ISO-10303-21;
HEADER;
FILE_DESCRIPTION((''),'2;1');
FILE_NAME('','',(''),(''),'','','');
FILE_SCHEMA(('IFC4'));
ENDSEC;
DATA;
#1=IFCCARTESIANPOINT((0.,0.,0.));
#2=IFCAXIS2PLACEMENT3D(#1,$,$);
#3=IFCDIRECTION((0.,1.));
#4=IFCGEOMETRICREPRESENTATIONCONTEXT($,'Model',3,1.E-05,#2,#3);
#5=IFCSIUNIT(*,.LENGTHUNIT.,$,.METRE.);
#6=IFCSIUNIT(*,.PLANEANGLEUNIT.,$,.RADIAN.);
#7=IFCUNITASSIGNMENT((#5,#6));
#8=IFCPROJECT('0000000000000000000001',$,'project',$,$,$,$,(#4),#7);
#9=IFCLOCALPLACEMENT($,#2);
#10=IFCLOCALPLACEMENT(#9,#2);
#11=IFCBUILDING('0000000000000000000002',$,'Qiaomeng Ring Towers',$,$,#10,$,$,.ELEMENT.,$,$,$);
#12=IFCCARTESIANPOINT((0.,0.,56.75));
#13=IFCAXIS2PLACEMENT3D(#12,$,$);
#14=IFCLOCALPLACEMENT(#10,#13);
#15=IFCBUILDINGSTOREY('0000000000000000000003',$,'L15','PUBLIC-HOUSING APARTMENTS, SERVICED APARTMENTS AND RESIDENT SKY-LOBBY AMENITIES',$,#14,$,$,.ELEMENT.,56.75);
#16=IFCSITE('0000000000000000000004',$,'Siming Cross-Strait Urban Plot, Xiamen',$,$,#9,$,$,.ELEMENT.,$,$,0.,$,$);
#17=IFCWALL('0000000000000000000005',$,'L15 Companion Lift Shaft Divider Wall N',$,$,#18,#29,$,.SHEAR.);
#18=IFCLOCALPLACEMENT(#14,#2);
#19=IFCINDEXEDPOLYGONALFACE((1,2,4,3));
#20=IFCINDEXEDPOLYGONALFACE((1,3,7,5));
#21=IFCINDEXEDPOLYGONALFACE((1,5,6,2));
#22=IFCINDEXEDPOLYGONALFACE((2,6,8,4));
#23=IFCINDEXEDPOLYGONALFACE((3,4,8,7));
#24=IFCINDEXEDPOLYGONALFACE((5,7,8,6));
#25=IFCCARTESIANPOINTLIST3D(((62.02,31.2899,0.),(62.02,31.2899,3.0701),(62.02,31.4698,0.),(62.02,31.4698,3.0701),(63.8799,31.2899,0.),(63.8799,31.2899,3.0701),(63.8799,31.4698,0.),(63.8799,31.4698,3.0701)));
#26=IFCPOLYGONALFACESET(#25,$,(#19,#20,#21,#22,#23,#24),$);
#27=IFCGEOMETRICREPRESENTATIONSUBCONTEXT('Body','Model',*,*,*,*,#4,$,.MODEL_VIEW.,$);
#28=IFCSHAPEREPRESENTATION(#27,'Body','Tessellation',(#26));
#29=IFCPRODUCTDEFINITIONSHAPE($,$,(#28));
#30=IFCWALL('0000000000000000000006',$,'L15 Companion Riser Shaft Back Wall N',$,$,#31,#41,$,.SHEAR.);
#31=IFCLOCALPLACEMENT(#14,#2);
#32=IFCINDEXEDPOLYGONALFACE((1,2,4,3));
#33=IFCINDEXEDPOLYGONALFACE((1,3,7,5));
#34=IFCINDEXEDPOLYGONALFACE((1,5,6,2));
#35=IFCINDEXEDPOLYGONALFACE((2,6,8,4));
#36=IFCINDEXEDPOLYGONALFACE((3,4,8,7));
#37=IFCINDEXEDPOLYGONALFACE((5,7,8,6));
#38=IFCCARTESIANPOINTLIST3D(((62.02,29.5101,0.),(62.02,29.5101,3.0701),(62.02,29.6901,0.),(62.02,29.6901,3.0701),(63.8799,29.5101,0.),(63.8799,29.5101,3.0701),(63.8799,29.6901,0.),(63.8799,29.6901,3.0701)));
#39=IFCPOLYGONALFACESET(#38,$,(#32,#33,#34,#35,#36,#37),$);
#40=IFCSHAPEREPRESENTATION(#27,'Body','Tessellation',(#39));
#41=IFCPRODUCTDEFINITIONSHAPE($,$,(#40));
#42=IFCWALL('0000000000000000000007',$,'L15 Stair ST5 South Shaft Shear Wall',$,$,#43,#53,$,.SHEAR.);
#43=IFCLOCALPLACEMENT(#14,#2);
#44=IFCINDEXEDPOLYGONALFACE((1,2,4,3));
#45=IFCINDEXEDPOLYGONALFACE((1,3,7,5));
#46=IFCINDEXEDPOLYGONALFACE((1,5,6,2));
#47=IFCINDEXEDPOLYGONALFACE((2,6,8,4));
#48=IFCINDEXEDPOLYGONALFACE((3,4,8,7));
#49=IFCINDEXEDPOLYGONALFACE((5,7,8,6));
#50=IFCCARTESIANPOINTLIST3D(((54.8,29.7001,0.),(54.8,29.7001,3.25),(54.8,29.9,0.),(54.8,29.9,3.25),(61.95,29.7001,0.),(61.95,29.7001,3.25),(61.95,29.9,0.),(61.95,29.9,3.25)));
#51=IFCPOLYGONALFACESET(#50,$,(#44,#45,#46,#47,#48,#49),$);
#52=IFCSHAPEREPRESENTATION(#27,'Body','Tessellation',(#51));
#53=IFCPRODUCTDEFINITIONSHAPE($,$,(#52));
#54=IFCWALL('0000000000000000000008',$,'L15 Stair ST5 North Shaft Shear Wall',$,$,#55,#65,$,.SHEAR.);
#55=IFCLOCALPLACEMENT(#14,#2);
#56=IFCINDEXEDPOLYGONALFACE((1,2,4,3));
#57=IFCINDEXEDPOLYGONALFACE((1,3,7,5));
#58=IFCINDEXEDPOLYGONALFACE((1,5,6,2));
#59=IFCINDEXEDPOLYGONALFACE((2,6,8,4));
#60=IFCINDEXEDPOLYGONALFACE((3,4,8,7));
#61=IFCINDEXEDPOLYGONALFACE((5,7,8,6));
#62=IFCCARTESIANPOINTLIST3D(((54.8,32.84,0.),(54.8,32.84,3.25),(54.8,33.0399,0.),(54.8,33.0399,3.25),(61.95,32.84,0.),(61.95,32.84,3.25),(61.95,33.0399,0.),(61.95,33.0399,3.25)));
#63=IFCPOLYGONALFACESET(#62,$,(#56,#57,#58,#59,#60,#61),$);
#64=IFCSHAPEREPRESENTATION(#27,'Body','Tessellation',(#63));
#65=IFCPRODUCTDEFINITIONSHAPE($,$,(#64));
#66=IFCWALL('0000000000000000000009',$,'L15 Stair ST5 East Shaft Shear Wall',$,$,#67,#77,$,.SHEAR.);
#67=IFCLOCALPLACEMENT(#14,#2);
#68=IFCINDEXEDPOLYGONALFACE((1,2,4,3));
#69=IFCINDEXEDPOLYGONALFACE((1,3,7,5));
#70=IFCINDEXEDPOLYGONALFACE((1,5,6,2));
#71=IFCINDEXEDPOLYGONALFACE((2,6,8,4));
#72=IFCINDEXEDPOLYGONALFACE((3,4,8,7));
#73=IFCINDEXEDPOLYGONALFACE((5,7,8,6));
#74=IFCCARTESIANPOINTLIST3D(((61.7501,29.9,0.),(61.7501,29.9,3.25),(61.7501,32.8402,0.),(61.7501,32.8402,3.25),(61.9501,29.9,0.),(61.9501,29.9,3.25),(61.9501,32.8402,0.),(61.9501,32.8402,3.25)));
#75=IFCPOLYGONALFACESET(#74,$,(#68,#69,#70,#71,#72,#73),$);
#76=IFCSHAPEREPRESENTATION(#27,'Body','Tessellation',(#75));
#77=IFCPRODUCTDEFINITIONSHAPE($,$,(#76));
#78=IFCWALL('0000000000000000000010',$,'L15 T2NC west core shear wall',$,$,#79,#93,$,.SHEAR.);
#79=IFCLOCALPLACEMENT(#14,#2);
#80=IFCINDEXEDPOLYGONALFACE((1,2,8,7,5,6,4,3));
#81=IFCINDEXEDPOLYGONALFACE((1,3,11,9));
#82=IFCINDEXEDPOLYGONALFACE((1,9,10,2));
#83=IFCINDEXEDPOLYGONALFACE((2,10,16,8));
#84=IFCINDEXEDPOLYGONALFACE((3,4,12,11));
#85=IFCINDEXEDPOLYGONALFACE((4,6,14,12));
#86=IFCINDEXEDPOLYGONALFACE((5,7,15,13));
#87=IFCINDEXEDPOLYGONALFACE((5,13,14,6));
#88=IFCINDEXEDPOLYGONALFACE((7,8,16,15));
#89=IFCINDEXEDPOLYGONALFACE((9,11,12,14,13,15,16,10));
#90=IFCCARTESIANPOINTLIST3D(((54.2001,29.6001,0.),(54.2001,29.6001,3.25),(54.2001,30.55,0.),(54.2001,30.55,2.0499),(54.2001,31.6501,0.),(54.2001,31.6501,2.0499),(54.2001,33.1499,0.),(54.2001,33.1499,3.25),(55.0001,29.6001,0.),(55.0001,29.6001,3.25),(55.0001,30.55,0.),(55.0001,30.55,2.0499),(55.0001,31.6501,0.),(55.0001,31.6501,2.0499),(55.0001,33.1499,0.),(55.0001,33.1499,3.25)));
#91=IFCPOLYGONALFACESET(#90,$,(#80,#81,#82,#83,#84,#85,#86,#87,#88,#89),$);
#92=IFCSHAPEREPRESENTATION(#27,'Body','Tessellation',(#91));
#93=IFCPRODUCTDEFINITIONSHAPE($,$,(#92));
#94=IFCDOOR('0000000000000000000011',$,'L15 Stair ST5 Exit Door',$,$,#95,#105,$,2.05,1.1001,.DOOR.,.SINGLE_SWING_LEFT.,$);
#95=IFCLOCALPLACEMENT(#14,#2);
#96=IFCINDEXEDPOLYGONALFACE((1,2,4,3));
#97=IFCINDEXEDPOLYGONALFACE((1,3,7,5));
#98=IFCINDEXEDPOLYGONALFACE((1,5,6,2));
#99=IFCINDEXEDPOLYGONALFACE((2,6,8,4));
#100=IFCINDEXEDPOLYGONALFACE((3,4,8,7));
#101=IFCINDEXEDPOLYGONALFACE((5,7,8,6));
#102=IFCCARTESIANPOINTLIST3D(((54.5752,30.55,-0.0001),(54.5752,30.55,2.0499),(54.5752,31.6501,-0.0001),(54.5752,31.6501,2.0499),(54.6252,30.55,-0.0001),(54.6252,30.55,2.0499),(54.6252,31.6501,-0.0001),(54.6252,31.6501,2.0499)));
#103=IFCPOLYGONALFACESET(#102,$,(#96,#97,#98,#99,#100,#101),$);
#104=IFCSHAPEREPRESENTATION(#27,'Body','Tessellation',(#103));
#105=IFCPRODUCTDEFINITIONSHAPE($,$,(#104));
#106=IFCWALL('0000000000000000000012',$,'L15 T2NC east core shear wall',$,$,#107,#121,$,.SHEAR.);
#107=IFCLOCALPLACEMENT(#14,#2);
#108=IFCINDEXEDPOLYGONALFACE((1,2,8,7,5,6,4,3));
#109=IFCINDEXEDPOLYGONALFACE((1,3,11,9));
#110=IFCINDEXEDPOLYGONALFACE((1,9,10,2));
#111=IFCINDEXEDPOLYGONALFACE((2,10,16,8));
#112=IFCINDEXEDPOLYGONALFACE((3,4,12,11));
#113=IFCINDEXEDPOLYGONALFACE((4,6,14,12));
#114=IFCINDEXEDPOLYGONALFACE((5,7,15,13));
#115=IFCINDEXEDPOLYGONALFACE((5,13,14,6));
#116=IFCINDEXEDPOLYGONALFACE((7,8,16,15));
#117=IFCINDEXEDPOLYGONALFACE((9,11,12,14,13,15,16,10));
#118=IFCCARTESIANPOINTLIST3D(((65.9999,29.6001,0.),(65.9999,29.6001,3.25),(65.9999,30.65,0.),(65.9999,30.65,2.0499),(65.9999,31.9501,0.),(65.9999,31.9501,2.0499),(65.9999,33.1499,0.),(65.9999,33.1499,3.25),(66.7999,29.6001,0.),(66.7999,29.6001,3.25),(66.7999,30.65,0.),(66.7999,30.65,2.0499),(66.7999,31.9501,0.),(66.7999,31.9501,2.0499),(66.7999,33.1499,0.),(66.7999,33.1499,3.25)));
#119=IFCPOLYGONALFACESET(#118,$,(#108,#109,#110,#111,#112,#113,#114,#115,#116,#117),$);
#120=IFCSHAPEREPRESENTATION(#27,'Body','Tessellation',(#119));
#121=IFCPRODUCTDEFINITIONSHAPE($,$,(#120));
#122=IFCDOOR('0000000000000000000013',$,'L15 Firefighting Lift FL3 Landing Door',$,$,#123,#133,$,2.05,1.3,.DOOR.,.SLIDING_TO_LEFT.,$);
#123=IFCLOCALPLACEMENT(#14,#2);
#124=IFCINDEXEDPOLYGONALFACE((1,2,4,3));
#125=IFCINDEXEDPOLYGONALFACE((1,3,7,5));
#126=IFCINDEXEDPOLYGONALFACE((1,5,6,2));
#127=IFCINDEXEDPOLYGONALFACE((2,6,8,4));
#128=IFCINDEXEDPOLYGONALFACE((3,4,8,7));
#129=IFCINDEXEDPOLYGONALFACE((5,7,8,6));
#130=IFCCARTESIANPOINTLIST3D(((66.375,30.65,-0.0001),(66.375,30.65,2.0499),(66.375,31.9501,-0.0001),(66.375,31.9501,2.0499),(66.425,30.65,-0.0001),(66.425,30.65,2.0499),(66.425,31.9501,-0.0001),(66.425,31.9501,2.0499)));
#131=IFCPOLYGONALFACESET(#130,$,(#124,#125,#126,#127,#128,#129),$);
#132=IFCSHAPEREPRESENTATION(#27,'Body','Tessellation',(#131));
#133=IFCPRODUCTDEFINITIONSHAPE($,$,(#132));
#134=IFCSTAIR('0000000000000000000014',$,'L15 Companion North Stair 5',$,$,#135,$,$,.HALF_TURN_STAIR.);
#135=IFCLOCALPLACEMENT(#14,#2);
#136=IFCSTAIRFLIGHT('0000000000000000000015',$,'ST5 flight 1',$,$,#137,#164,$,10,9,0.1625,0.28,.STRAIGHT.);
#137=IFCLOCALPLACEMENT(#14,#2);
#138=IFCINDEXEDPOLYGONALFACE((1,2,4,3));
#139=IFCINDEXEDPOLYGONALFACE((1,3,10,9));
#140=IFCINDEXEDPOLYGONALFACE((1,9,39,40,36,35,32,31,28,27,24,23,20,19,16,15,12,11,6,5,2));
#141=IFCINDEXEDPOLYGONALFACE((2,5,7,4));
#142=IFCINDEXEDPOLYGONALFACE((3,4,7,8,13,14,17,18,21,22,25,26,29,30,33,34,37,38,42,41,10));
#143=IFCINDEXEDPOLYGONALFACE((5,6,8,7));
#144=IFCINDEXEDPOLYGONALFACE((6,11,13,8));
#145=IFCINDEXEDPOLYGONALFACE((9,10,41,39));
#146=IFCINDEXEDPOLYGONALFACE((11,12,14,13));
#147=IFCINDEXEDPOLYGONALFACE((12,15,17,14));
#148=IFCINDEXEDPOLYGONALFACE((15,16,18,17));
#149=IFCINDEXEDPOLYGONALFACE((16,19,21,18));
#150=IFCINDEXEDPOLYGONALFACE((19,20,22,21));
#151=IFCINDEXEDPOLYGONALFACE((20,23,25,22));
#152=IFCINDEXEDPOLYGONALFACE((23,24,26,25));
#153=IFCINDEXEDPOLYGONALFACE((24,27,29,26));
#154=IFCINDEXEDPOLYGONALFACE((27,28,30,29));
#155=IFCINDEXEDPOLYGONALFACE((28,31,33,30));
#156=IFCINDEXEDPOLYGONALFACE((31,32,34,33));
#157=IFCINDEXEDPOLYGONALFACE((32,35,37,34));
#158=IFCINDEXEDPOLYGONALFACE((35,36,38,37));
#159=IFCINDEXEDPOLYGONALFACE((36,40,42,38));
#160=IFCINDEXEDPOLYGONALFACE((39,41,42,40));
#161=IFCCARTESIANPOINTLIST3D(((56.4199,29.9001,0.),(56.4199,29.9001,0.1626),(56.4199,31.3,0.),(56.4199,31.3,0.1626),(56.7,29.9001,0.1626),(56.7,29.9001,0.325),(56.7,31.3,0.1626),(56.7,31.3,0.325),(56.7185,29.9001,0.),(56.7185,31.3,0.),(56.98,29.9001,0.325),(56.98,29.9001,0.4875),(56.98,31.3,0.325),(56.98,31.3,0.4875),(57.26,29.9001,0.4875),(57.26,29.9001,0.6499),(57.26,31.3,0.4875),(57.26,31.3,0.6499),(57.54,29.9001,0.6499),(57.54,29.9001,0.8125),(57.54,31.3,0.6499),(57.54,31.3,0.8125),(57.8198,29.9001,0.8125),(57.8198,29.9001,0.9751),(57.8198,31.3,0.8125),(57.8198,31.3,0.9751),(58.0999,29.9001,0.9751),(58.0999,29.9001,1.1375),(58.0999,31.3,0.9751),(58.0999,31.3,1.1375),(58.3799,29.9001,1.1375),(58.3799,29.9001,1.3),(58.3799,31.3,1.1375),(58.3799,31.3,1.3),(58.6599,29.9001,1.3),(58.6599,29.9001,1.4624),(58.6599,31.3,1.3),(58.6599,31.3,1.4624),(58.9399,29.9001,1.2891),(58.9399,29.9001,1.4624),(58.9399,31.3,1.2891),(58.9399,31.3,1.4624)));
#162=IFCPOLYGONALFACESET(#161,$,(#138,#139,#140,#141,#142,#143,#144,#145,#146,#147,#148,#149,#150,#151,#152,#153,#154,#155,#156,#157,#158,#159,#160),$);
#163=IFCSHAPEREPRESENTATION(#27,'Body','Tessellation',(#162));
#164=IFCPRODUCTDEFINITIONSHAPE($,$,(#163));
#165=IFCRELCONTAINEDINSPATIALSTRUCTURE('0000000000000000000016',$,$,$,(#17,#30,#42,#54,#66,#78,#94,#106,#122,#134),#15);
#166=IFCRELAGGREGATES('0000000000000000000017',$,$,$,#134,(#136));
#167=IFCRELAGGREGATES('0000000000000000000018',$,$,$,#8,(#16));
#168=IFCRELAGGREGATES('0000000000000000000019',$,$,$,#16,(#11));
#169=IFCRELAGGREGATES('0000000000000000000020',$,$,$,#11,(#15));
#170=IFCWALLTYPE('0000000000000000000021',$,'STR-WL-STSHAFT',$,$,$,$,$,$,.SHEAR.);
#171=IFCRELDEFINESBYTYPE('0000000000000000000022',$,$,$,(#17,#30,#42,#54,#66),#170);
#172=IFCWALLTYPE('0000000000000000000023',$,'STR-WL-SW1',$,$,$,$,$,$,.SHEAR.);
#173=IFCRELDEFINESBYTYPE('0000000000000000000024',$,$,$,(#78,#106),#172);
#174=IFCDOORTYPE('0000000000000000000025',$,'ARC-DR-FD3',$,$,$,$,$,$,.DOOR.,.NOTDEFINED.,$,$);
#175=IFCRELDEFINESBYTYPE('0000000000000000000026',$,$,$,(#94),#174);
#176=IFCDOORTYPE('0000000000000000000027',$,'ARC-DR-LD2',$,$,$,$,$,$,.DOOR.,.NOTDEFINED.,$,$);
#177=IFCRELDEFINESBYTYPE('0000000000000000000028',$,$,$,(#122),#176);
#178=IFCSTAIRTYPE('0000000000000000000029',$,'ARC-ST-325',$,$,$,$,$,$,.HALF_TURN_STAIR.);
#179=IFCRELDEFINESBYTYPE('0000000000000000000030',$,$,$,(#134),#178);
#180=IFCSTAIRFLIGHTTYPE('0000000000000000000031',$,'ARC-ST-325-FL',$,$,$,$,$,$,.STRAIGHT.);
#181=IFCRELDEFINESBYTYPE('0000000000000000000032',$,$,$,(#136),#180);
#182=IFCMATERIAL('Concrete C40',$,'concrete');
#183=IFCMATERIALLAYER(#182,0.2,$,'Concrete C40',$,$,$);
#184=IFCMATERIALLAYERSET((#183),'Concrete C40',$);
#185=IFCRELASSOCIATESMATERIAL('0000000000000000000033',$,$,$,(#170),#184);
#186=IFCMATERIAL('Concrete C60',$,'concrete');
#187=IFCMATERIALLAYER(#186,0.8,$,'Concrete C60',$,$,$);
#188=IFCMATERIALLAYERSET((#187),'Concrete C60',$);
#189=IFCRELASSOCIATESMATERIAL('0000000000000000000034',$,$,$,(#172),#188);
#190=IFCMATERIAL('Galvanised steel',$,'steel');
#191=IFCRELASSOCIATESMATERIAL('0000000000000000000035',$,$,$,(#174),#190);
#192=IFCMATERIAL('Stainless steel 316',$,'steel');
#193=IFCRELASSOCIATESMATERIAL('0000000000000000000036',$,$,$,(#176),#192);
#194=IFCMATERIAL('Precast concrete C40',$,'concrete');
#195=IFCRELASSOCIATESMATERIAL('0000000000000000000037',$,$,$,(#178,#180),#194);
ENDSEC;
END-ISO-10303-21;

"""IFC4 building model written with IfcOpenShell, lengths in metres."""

from ifc_helpers import new_model, si_unit, direction, frame, frame_2d, origin, place, context, subcontext, project, spatial, polyline, rectangle, outline, extrude, source, transform, mapped, material, layer, layer_set, type_object, element, fill, aggregate, save


model = new_model("IFC4")

# Units and contexts
model_context = context("Model", 3, precision=1e-05, world=origin(), true_north=direction((0.0, 1.0)))
body_context = subcontext(model_context, "Body", "Model", "MODEL_VIEW")
ifc_project = project(units=[si_unit("LENGTHUNIT", "METRE"), si_unit("PLANEANGLEUNIT", "RADIAN")], contexts=[model_context])

# Site, building, storey
site_placement = place(None, origin())
site = spatial("IfcSite", under=ifc_project, at=site_placement, Name="Siming Cross-Strait Urban Plot, Xiamen", CompositionType="ELEMENT", RefElevation=0.0)
building_placement = place(site_placement, origin())
building = spatial("IfcBuilding", under=site, at=building_placement, Name="Qiaomeng Ring Towers", CompositionType="ELEMENT")
storey_placement = place(building_placement, frame((0.0, 0.0, 56.75)))
storey = spatial("IfcBuildingStorey", under=building, at=storey_placement, Name="L15", Description="PUBLIC-HOUSING APARTMENTS, SERVICED APARTMENTS AND RESIDENT SKY-LOBBY AMENITIES", CompositionType="ELEMENT", Elevation=56.75)

# Walls
ifc_material_1 = material(Name="Concrete C40", Category="concrete")
ifc_layer_1 = layer(ifc_material_1, 0.2, Name="Concrete C40")
ifc_layer_set_1 = layer_set([ifc_layer_1], Name="Concrete C40")
wall_type_1 = type_object("IfcWallType", Name="STR-WL-STSHAFT", PredefinedType="SHEAR", material=ifc_layer_set_1)
for number, where, z_axis, x_axis, name in (
    (1, (62.02, 31.3799, 0.0), (0.0, 0.0, 1.0), (1.0, 0.0, 0.0), "L15 Companion Lift Shaft Divider Wall N"),
    (2, (62.02, 29.6001, 0.0), (0.0, 0.0, 1.0), (1.0, 0.0, 0.0), "L15 Companion Riser Shaft Back Wall N"),
):
    element("IfcWall", number, at=place(storey_placement, frame(where, z_axis=z_axis, x_axis=x_axis)), inside=storey, type_object=wall_type_1, Name=name, PredefinedType="SHEAR", context=body_context, shape_type="SweptSolid", body=[
        extrude(rectangle(XDim=1.8599, YDim=0.1799, at=frame_2d((0.9299, 0.0))), origin(), (0.0, 0.0, 1.0), 3.0701),
    ])
for number, where, z_axis, x_axis, name in (
    (3, (54.8, 29.8, 0.0), (0.0, 0.0, 1.0), (1.0, 0.0, 0.0), "L15 Stair ST5 South Shaft Shear Wall"),
    (4, (54.8, 32.9399, 0.0), (0.0, 0.0, 1.0), (1.0, 0.0, 0.0), "L15 Stair ST5 North Shaft Shear Wall"),
):
    element("IfcWall", number, at=place(storey_placement, frame(where, z_axis=z_axis, x_axis=x_axis)), inside=storey, type_object=wall_type_1, Name=name, PredefinedType="SHEAR", context=body_context, shape_type="SweptSolid", body=[
        extrude(rectangle(XDim=7.1499, YDim=0.2, at=frame_2d((3.575, 0.0))), origin(), (0.0, 0.0, 1.0), 3.25),
    ])
wall_1_placement = place(storey_placement, frame((61.8501, 29.8999, 0.0), z_axis=(0.0, 0.0, 1.0), x_axis=(0.0, 1.0, 0.0)))
element("IfcWall", 5, at=wall_1_placement, inside=storey, type_object=wall_type_1, Name="L15 Stair ST5 East Shaft Shear Wall", PredefinedType="SHEAR", context=body_context, shape_type="SweptSolid", body=[
    extrude(rectangle(XDim=2.9402, YDim=0.2, at=frame_2d((1.4702, 0.0))), origin(), (0.0, 0.0, 1.0), 3.25),
])

# Walls, openings, doors
ifc_material_2 = material(Name="Concrete C60", Category="concrete")
ifc_layer_2 = layer(ifc_material_2, 0.8, Name="Concrete C60")
ifc_layer_set_2 = layer_set([ifc_layer_2], Name="Concrete C60")
wall_type_2 = type_object("IfcWallType", Name="STR-WL-SW1", PredefinedType="SHEAR", material=ifc_layer_set_2)
wall_2_placement = place(storey_placement, frame((54.6001, 29.6001, 0.0), z_axis=(0.0, 0.0, 1.0), x_axis=(0.0, 1.0, 0.0)))
wall_2 = element("IfcWall", 6, at=wall_2_placement, inside=storey, type_object=wall_type_2, Name="L15 T2NC west core shear wall", PredefinedType="SHEAR", context=body_context, shape_type="SweptSolid", body=[
    extrude(rectangle(XDim=3.5498, YDim=0.8, at=frame_2d((1.7749, 0.0))), origin(), (0.0, 0.0, 1.0), 3.25),
])
opening_1_placement = place(wall_2_placement, frame((0.95, 0.0, 0.0)))
opening_1 = element("IfcOpeningElement", 7, at=opening_1_placement, cuts=wall_2, PredefinedType="OPENING", context=body_context, shape_type="SweptSolid", body=[
    extrude(rectangle(XDim=1.1001, YDim=2.05, at=frame_2d((0.55, 1.0249))), frame((0.0, 0.4099, 0.0), z_axis=(0.0, -1.0, 0.0), x_axis=(1.0, 0.0, 0.0)), (0.0, 0.0, 1.0), 0.8201),
])
ifc_material_3 = material(Name="Galvanised steel", Category="steel")
door_type_1 = type_object("IfcDoorType", Name="ARC-DR-FD3", OperationType="NOTDEFINED", PredefinedType="DOOR", material=ifc_material_3)
shared_shape_1 = source(origin(), body_context, "Body", "SweptSolid", [
    extrude(rectangle(XDim=1.1001, YDim=2.05, at=frame_2d((0.55, 1.0249))), frame((0.0, 0.0249, 0.0), z_axis=(0.0, -1.0, 0.0), x_axis=(1.0, 0.0, 0.0)), (0.0, 0.0, 1.0), 0.05),
])
door_1_placement = place(opening_1_placement, origin())
door_1 = element("IfcDoor", 8, at=door_1_placement, inside=storey, type_object=door_type_1, Name="L15 Stair ST5 Exit Door", OperationType="SINGLE_SWING_LEFT", OverallHeight=2.05, OverallWidth=1.1001, PredefinedType="DOOR", context=body_context, shape_type="MappedRepresentation", body=[
    mapped(shared_shape_1, transform((0.0, 0.0, 0.0), x_axis=(1.0, 0.0, 0.0), y_axis=(0.0, 1.0, 0.0), z_axis=(0.0, 0.0, 1.0), scale=1.0)),
])
fill(opening_1, door_1)
wall_3_placement = place(storey_placement, frame((66.3999, 29.6001, 0.0), z_axis=(0.0, 0.0, 1.0), x_axis=(0.0, 1.0, 0.0)))
wall_3 = element("IfcWall", 9, at=wall_3_placement, inside=storey, type_object=wall_type_2, Name="L15 T2NC east core shear wall", PredefinedType="SHEAR", context=body_context, shape_type="SweptSolid", body=[
    extrude(rectangle(XDim=3.5498, YDim=0.8, at=frame_2d((1.7749, 0.0))), origin(), (0.0, 0.0, 1.0), 3.25),
])
opening_2_placement = place(wall_3_placement, frame((1.05, 0.0, 0.0)))
opening_2 = element("IfcOpeningElement", 10, at=opening_2_placement, cuts=wall_3, PredefinedType="OPENING", context=body_context, shape_type="SweptSolid", body=[
    extrude(rectangle(XDim=1.3, YDim=2.05, at=frame_2d((0.6499, 1.0249))), frame((0.0, 0.4099, 0.0), z_axis=(0.0, -1.0, 0.0), x_axis=(1.0, 0.0, 0.0)), (0.0, 0.0, 1.0), 0.8201),
])
ifc_material_4 = material(Name="Stainless steel 316", Category="steel")
door_type_2 = type_object("IfcDoorType", Name="ARC-DR-LD2", OperationType="NOTDEFINED", PredefinedType="DOOR", material=ifc_material_4)
shared_shape_2 = source(origin(), body_context, "Body", "SweptSolid", [
    extrude(rectangle(XDim=1.3, YDim=2.05, at=frame_2d((0.6499, 1.0249))), frame((0.0, 0.0249, 0.0), z_axis=(0.0, -1.0, 0.0), x_axis=(1.0, 0.0, 0.0)), (0.0, 0.0, 1.0), 0.05),
])
door_2_placement = place(opening_2_placement, origin())
door_2 = element("IfcDoor", 11, at=door_2_placement, inside=storey, type_object=door_type_2, Name="L15 Firefighting Lift FL3 Landing Door", OperationType="SLIDING_TO_LEFT", OverallHeight=2.05, OverallWidth=1.3, PredefinedType="DOOR", context=body_context, shape_type="MappedRepresentation", body=[
    mapped(shared_shape_2, transform((0.0, 0.0, 0.0), x_axis=(1.0, 0.0, 0.0), y_axis=(0.0, 1.0, 0.0), z_axis=(0.0, 0.0, 1.0), scale=1.0)),
])
fill(opening_2, door_2)

# Stair, stair flight
ifc_material_5 = material(Name="Precast concrete C40", Category="concrete")
stair_type = type_object("IfcStairType", Name="ARC-ST-325", PredefinedType="HALF_TURN_STAIR", material=ifc_material_5)
stair_placement = place(storey_placement, origin())
stair = element("IfcStair", 12, at=stair_placement, inside=storey, type_object=stair_type, Name="L15 Companion North Stair 5", PredefinedType="HALF_TURN_STAIR")
stair_flight_type = type_object("IfcStairFlightType", Name="ARC-ST-325-FL", PredefinedType="STRAIGHT", material=ifc_material_5)
shared_shape_3 = source(origin(), body_context, "Body", "SweptSolid", [
    extrude(outline(polyline([(0.0, 0.0), (0.0, 0.1626), (0.28, 0.1626), (0.28, 0.325), (0.5601, 0.325), (0.5601, 0.4875), (0.8401, 0.4875), (0.8401, 0.6499), (1.1201, 0.6499), (1.1201, 0.8125), (1.3999, 0.8125), (1.3999, 0.9751), (1.6799, 0.9751), (1.6799, 1.1375), (1.96, 1.1375), (1.96, 1.3), (2.24, 1.3), (2.24, 1.4624), (2.52, 1.4624), (2.52, 1.625), (2.52, 1.2891), (0.2986, 0.0), (0.0, 0.0)])), frame((0.0, 0.7, 0.0), z_axis=(0.0, -1.0, 0.0), x_axis=(1.0, 0.0, 0.0)), (0.0, 0.0, 1.0), 1.3999),
])
stair_flight_1_placement = place(storey_placement, frame((56.4199, 30.6001, 0.0), z_axis=(0.0, 0.0, 1.0), x_axis=(1.0, 0.0, 0.0)))
stair_flight_1 = element("IfcStairFlight", 13, at=stair_flight_1_placement, type_object=stair_flight_type, Name="ST5 flight 1", NumberOfRisers=10, NumberOfTreads=9, PredefinedType="STRAIGHT", RiserHeight=0.1625, TreadLength=0.28, context=body_context, shape_type="MappedRepresentation", body=[
    mapped(shared_shape_3, transform((0.0, 0.0, 0.0), x_axis=(1.0, 0.0, 0.0), y_axis=(0.0, 1.0, 0.0), z_axis=(0.0, 0.0, 1.0), scale=1.0)),
])
aggregate(stair, [stair_flight_1])

save(model, "model.ifc")
